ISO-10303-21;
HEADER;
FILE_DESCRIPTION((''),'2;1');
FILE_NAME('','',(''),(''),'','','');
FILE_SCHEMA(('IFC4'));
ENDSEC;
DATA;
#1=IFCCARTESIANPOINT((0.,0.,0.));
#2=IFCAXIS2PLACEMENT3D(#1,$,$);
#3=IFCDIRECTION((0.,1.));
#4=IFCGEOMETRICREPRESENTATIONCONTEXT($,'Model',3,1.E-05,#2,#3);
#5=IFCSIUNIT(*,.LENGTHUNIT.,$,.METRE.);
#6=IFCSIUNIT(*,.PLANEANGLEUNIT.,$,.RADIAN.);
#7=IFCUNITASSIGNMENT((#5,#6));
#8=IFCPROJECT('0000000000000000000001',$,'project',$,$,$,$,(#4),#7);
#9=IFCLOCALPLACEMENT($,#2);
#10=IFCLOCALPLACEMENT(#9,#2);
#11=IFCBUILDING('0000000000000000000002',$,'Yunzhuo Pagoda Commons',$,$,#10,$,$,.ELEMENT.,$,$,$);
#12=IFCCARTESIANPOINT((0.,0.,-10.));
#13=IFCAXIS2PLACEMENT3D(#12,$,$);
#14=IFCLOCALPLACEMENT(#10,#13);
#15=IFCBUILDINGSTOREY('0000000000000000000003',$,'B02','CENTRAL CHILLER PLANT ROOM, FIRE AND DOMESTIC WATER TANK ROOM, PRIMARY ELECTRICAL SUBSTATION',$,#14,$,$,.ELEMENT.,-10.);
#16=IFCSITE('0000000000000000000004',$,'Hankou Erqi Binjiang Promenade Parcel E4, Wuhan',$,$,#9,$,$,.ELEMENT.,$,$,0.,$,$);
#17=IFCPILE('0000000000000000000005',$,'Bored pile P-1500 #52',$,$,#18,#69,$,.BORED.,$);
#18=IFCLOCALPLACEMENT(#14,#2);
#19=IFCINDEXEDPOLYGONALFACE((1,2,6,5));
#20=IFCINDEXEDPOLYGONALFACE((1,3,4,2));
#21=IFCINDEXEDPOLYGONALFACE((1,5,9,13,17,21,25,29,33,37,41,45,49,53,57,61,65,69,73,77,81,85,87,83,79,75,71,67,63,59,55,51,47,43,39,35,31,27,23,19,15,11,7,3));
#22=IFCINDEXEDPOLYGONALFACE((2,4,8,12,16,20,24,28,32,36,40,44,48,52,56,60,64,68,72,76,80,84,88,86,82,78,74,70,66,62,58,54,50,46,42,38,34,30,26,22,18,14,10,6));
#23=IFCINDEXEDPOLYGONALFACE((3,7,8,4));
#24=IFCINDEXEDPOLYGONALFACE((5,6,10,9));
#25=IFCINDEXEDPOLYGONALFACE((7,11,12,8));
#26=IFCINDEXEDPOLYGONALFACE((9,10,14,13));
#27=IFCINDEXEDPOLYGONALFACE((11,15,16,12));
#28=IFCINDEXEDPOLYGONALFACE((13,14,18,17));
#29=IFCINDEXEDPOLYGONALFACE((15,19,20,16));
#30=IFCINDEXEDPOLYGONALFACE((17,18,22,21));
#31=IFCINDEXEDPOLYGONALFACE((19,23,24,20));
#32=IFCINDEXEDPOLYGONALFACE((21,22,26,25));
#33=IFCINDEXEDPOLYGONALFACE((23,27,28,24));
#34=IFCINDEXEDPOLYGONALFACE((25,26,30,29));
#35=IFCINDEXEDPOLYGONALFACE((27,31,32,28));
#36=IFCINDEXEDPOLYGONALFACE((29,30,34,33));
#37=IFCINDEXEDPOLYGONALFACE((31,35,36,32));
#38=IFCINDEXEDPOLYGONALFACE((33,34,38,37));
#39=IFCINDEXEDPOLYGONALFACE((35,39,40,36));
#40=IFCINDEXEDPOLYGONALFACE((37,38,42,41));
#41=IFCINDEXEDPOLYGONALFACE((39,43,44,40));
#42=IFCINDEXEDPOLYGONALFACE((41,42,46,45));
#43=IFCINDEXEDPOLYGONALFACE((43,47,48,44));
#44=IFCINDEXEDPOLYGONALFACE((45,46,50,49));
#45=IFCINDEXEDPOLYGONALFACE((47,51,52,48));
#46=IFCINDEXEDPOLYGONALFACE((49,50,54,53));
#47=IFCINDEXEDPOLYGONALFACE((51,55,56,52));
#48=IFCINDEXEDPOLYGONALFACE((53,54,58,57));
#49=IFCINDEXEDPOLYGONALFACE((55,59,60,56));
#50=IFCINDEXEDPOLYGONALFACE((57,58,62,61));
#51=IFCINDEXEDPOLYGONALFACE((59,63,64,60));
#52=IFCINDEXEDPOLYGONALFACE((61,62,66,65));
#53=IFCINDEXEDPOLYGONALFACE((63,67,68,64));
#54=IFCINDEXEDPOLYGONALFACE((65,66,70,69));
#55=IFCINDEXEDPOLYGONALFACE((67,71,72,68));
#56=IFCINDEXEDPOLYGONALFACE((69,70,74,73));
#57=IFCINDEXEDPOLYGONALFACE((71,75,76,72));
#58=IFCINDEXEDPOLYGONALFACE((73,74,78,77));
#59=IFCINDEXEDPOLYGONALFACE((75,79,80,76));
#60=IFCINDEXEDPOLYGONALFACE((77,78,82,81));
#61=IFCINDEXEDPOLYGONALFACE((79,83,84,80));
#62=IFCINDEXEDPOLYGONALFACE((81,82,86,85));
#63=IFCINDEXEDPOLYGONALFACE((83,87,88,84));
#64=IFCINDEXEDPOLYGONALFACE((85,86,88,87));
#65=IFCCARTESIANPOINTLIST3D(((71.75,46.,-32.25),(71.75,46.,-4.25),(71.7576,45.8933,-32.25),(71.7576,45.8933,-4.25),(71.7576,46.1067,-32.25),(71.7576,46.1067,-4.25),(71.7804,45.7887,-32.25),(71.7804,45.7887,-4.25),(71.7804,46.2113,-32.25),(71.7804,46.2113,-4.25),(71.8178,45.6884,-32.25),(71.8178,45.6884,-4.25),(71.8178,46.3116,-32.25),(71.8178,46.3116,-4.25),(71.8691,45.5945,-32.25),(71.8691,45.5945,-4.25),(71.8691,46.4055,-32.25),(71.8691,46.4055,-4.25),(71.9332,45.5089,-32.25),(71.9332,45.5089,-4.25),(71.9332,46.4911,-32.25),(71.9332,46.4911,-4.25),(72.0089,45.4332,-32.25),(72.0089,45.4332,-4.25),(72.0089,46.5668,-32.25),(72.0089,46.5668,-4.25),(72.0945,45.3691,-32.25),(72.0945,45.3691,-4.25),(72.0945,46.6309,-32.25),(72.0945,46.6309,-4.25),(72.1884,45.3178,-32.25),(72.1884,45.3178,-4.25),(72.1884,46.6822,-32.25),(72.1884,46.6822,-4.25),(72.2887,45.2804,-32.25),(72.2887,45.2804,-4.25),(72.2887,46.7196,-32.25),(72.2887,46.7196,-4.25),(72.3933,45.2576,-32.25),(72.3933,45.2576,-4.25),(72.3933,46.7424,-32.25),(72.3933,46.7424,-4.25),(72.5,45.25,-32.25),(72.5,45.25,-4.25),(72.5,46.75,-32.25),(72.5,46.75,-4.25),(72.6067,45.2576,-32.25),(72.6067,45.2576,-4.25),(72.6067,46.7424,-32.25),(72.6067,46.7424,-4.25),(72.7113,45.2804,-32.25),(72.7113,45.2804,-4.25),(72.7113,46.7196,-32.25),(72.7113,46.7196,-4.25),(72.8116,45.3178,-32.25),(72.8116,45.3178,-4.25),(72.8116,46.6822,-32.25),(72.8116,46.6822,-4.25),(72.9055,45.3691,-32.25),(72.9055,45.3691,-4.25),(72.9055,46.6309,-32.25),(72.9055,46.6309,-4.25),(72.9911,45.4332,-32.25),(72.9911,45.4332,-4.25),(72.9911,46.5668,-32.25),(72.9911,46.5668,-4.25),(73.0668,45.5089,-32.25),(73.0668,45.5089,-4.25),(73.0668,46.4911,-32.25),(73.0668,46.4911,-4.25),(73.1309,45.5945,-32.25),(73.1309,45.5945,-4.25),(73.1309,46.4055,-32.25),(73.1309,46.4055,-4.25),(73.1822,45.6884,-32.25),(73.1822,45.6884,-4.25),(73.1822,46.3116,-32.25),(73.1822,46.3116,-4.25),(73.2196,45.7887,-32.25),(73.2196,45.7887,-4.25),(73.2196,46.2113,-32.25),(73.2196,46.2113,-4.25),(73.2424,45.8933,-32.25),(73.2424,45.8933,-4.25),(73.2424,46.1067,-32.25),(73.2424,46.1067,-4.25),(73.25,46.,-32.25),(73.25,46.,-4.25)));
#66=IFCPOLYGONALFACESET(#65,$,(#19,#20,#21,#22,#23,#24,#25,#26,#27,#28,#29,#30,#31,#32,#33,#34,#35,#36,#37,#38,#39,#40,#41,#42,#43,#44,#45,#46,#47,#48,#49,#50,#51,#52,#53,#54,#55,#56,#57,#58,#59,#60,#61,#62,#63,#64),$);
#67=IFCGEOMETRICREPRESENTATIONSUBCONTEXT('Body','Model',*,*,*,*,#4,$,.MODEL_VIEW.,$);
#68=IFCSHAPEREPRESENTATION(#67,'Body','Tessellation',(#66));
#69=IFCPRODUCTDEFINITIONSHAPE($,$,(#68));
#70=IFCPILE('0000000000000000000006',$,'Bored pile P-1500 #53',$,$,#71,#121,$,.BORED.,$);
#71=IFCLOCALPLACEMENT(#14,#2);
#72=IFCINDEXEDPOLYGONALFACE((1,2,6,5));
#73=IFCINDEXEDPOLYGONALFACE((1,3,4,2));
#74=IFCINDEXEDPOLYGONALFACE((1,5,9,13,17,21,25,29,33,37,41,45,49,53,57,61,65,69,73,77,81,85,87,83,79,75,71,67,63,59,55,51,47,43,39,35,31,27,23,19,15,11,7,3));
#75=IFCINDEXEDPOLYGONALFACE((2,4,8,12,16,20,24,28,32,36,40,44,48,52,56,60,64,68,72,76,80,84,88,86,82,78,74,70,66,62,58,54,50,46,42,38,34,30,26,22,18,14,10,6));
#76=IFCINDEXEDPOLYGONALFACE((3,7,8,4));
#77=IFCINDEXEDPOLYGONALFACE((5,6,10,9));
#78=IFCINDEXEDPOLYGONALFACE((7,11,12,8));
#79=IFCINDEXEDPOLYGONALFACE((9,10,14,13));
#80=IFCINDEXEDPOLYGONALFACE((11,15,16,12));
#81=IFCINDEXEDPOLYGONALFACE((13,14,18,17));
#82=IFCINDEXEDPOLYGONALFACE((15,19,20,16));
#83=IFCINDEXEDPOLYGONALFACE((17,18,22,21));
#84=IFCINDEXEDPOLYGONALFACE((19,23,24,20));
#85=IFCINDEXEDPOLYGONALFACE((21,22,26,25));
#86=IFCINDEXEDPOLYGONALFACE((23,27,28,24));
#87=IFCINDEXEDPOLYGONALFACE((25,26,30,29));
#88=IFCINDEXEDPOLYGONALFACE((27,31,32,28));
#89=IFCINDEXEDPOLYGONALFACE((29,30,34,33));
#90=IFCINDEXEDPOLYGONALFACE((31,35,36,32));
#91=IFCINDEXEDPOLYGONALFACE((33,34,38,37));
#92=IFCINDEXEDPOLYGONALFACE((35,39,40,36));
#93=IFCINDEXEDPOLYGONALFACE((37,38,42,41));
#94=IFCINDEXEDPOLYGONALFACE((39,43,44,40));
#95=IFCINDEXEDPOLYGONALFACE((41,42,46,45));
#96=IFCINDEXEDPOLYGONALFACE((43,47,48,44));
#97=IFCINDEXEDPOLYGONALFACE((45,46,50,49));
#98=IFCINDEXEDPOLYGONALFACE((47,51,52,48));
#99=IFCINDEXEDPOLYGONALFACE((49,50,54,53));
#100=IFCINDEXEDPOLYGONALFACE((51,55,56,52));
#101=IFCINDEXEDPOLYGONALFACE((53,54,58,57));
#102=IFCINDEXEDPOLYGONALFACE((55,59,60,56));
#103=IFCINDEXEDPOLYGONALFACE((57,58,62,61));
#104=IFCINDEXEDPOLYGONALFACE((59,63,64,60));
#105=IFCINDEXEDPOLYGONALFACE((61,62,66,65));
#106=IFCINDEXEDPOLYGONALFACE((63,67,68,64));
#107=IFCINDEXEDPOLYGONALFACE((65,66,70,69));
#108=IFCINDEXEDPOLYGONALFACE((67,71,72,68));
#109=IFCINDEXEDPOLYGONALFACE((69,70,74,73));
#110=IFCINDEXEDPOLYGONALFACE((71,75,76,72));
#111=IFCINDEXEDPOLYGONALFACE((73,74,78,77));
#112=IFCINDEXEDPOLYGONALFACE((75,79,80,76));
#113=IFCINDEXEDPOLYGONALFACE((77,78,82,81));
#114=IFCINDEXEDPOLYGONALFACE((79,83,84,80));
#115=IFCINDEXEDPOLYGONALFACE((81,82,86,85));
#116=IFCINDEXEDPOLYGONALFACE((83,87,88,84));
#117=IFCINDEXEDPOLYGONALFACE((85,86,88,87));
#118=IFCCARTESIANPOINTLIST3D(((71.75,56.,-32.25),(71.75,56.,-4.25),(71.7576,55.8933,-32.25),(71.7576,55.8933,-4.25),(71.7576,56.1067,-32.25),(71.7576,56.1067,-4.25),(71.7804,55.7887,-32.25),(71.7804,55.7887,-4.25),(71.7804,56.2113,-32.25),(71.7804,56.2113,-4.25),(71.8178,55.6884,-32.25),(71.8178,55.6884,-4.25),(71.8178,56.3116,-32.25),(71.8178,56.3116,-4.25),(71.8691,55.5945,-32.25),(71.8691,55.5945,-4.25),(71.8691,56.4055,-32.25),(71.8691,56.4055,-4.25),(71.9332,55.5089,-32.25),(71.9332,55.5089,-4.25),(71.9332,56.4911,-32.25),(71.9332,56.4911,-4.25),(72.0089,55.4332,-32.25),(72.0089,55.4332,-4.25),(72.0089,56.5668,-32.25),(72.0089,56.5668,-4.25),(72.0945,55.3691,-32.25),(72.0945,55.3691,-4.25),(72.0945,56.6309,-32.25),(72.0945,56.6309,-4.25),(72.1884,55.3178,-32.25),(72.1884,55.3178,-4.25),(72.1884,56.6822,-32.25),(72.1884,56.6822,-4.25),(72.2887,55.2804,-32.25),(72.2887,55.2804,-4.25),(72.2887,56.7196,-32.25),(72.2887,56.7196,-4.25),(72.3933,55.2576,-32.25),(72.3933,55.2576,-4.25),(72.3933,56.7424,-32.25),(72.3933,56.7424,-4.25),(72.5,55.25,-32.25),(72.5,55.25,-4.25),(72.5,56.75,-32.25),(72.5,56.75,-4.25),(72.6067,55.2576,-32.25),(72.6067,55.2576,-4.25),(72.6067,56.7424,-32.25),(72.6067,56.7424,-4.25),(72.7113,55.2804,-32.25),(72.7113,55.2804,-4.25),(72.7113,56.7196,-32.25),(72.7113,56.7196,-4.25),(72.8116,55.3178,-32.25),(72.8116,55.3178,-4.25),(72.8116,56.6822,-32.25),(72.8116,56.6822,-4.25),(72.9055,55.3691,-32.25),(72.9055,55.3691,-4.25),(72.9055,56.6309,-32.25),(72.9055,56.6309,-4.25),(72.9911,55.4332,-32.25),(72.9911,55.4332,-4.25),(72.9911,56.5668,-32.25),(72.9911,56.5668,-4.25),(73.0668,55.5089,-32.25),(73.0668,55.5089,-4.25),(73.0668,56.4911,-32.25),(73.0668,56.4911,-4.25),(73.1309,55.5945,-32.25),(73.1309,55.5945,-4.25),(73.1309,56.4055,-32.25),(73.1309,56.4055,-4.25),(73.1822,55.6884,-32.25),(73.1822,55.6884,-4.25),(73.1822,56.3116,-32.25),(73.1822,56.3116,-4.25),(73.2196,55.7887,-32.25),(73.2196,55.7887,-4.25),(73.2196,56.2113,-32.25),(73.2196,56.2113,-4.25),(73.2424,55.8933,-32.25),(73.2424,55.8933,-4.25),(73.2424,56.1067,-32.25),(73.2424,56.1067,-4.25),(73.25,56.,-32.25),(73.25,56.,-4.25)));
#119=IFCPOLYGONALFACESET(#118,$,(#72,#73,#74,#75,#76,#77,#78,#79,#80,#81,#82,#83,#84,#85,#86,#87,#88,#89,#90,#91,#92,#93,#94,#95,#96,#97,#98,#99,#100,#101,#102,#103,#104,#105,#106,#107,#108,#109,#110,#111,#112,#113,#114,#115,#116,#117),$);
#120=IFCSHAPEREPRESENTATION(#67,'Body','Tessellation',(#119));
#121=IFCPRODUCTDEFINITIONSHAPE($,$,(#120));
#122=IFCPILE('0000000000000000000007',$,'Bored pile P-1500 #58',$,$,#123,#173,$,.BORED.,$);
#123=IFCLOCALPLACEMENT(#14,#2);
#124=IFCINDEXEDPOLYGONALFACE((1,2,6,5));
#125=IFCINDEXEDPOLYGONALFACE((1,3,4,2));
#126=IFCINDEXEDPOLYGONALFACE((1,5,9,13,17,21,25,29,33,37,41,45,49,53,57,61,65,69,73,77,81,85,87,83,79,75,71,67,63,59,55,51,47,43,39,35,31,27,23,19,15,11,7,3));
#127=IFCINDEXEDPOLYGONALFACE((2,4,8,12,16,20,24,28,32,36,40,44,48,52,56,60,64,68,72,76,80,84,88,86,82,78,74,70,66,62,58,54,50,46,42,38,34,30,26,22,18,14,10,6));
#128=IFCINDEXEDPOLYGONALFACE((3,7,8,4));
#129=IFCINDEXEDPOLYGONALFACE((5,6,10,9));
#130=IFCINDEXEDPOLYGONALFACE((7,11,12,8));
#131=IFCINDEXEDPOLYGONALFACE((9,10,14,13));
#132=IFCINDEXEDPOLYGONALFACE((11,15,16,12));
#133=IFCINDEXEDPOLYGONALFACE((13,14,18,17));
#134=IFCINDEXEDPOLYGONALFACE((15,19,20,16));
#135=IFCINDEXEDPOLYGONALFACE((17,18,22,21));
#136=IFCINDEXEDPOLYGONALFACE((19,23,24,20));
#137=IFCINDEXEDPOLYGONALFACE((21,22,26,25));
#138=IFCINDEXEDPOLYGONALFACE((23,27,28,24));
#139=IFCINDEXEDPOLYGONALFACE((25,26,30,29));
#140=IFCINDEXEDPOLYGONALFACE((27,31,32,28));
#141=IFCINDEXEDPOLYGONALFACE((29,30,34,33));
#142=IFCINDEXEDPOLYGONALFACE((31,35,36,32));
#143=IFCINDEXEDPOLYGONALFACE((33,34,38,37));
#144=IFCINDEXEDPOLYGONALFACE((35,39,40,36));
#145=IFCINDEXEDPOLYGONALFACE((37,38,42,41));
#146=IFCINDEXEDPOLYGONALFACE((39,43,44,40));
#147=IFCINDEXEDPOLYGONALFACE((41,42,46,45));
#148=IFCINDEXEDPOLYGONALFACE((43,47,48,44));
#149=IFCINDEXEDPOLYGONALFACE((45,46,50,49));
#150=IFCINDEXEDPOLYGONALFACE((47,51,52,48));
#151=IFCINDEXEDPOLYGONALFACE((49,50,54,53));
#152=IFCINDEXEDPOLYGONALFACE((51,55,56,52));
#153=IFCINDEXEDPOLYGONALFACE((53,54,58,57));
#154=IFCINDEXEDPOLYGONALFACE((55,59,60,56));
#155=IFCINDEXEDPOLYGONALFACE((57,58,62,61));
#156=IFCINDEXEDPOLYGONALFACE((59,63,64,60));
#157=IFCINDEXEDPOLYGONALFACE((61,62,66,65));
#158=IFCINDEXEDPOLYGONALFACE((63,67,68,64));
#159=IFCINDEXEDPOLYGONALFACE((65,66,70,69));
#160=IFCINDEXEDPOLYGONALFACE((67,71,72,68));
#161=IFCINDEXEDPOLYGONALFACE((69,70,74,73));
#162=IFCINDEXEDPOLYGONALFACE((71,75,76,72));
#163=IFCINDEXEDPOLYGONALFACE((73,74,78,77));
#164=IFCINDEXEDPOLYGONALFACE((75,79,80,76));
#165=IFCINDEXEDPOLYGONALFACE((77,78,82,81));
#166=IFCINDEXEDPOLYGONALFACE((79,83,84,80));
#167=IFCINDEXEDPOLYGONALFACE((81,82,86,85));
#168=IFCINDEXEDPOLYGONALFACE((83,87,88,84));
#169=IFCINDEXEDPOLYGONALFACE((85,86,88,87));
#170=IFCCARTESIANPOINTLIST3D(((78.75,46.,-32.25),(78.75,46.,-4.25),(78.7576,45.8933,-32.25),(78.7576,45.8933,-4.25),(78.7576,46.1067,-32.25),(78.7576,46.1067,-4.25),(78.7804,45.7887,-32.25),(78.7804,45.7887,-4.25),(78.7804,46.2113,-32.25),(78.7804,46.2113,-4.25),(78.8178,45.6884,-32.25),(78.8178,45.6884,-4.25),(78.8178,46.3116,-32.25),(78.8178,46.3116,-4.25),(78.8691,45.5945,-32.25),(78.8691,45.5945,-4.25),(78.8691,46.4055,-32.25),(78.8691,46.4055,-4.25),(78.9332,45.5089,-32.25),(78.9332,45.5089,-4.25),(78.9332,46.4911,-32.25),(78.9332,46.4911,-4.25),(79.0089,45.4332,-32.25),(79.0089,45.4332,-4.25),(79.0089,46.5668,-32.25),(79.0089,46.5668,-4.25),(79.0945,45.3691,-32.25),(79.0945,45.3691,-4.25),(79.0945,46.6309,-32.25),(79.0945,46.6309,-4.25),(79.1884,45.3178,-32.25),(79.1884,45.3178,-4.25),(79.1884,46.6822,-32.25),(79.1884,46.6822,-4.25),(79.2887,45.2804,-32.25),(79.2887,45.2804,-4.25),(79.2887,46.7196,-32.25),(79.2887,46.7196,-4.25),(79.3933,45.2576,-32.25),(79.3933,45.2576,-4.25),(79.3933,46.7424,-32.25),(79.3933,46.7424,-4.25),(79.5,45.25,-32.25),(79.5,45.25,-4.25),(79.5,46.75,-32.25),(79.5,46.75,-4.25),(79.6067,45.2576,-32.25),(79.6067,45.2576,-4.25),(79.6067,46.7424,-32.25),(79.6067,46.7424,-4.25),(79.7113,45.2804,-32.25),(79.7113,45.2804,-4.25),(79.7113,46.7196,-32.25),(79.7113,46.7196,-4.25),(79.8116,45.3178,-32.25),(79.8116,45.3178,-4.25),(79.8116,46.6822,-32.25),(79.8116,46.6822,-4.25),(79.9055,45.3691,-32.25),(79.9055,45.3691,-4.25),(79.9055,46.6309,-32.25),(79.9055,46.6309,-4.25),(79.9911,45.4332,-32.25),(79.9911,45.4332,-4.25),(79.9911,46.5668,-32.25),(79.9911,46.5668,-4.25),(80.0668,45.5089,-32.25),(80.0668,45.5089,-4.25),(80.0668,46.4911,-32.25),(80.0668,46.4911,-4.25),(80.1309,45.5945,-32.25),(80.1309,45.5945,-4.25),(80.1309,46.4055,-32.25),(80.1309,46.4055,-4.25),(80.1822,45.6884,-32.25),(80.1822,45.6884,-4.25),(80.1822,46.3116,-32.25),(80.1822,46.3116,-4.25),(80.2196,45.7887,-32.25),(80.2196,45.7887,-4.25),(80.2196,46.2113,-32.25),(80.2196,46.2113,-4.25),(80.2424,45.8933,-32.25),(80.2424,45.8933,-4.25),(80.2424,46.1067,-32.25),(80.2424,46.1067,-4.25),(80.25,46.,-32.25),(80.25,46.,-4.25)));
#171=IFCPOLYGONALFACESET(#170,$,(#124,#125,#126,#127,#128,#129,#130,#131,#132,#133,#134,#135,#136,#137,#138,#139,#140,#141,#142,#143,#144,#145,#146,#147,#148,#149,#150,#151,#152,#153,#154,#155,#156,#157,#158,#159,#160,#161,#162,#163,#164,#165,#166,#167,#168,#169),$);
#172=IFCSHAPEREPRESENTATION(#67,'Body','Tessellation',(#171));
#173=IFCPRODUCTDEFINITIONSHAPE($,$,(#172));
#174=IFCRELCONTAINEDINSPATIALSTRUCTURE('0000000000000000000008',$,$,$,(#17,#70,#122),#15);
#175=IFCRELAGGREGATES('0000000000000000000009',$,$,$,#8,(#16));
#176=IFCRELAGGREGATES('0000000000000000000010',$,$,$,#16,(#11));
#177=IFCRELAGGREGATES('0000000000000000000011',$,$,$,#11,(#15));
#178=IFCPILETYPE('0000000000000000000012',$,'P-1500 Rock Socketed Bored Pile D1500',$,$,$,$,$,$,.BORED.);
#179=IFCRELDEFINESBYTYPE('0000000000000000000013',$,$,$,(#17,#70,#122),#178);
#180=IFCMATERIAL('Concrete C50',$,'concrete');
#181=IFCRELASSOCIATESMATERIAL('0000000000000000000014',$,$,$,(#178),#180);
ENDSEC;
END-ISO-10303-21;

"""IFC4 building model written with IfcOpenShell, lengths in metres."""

from ifc_helpers import new_model, si_unit, direction, frame, origin, origin_2d, place, context, subcontext, project, spatial, circle, extrude, source, transform, mapped, material, material_profile, profile_set, type_object, element, save


model = new_model("IFC4")

# Units and contexts
model_context = context("Model", 3, precision=1e-05, world=origin(), true_north=direction((0.0, 1.0)))
body_context = subcontext(model_context, "Body", "Model", "MODEL_VIEW")
ifc_project = project(units=[si_unit("LENGTHUNIT", "METRE"), si_unit("PLANEANGLEUNIT", "RADIAN")], contexts=[model_context])

# Site, building, storey
site_placement = place(None, origin())
site = spatial("IfcSite", under=ifc_project, at=site_placement, Name="Hankou Erqi Binjiang Promenade Parcel E4, Wuhan", CompositionType="ELEMENT", RefElevation=0.0)
building_placement = place(site_placement, origin())
building = spatial("IfcBuilding", under=site, at=building_placement, Name="Yunzhuo Pagoda Commons", CompositionType="ELEMENT")
storey_placement = place(building_placement, frame((0.0, 0.0, -10.0)))
storey = spatial("IfcBuildingStorey", under=building, at=storey_placement, Name="B02", Description="CENTRAL CHILLER PLANT ROOM, FIRE AND DOMESTIC WATER TANK ROOM, PRIMARY ELECTRICAL SUBSTATION", CompositionType="ELEMENT", Elevation=-10.0)

# Piles
ifc_material_1 = material(Name="Concrete C50", Category="concrete")
ifc_material_profile_1 = material_profile(ifc_material_1, circle(Radius=0.75, at=origin_2d()), Name="Concrete C50")
ifc_profile_set_1 = profile_set([ifc_material_profile_1], Name="Concrete C50")
pile_type = type_object("IfcPileType", Name="P-1500 Rock Socketed Bored Pile D1500", PredefinedType="BORED", material=ifc_profile_set_1)
shared_shape_1 = source(origin(), body_context, "Body", "SweptSolid", [
    extrude(circle(Radius=0.75, at=origin_2d()), origin(), (0.0, 0.0, 1.0), 28.0),
])
for number, where, z_axis, x_axis, name in (
    (1, (72.5, 46.0, -4.25), (0.0, 0.0, -1.0), (1.0, 0.0, 0.0), "Bored pile P-1500 #52"),
    (2, (72.5, 56.0, -4.25), (0.0, 0.0, -1.0), (1.0, 0.0, 0.0), "Bored pile P-1500 #53"),
    (3, (79.5, 46.0, -4.25), (0.0, 0.0, -1.0), (1.0, 0.0, 0.0), "Bored pile P-1500 #58"),
):
    element("IfcPile", number, at=place(storey_placement, frame(where, z_axis=z_axis, x_axis=x_axis)), inside=storey, type_object=pile_type, Name=name, PredefinedType="BORED", context=body_context, shape_type="MappedRepresentation", body=[
        mapped(shared_shape_1, transform((0.0, 0.0, 0.0), scale=1.0)),
    ])

save(model, "model.ifc")
